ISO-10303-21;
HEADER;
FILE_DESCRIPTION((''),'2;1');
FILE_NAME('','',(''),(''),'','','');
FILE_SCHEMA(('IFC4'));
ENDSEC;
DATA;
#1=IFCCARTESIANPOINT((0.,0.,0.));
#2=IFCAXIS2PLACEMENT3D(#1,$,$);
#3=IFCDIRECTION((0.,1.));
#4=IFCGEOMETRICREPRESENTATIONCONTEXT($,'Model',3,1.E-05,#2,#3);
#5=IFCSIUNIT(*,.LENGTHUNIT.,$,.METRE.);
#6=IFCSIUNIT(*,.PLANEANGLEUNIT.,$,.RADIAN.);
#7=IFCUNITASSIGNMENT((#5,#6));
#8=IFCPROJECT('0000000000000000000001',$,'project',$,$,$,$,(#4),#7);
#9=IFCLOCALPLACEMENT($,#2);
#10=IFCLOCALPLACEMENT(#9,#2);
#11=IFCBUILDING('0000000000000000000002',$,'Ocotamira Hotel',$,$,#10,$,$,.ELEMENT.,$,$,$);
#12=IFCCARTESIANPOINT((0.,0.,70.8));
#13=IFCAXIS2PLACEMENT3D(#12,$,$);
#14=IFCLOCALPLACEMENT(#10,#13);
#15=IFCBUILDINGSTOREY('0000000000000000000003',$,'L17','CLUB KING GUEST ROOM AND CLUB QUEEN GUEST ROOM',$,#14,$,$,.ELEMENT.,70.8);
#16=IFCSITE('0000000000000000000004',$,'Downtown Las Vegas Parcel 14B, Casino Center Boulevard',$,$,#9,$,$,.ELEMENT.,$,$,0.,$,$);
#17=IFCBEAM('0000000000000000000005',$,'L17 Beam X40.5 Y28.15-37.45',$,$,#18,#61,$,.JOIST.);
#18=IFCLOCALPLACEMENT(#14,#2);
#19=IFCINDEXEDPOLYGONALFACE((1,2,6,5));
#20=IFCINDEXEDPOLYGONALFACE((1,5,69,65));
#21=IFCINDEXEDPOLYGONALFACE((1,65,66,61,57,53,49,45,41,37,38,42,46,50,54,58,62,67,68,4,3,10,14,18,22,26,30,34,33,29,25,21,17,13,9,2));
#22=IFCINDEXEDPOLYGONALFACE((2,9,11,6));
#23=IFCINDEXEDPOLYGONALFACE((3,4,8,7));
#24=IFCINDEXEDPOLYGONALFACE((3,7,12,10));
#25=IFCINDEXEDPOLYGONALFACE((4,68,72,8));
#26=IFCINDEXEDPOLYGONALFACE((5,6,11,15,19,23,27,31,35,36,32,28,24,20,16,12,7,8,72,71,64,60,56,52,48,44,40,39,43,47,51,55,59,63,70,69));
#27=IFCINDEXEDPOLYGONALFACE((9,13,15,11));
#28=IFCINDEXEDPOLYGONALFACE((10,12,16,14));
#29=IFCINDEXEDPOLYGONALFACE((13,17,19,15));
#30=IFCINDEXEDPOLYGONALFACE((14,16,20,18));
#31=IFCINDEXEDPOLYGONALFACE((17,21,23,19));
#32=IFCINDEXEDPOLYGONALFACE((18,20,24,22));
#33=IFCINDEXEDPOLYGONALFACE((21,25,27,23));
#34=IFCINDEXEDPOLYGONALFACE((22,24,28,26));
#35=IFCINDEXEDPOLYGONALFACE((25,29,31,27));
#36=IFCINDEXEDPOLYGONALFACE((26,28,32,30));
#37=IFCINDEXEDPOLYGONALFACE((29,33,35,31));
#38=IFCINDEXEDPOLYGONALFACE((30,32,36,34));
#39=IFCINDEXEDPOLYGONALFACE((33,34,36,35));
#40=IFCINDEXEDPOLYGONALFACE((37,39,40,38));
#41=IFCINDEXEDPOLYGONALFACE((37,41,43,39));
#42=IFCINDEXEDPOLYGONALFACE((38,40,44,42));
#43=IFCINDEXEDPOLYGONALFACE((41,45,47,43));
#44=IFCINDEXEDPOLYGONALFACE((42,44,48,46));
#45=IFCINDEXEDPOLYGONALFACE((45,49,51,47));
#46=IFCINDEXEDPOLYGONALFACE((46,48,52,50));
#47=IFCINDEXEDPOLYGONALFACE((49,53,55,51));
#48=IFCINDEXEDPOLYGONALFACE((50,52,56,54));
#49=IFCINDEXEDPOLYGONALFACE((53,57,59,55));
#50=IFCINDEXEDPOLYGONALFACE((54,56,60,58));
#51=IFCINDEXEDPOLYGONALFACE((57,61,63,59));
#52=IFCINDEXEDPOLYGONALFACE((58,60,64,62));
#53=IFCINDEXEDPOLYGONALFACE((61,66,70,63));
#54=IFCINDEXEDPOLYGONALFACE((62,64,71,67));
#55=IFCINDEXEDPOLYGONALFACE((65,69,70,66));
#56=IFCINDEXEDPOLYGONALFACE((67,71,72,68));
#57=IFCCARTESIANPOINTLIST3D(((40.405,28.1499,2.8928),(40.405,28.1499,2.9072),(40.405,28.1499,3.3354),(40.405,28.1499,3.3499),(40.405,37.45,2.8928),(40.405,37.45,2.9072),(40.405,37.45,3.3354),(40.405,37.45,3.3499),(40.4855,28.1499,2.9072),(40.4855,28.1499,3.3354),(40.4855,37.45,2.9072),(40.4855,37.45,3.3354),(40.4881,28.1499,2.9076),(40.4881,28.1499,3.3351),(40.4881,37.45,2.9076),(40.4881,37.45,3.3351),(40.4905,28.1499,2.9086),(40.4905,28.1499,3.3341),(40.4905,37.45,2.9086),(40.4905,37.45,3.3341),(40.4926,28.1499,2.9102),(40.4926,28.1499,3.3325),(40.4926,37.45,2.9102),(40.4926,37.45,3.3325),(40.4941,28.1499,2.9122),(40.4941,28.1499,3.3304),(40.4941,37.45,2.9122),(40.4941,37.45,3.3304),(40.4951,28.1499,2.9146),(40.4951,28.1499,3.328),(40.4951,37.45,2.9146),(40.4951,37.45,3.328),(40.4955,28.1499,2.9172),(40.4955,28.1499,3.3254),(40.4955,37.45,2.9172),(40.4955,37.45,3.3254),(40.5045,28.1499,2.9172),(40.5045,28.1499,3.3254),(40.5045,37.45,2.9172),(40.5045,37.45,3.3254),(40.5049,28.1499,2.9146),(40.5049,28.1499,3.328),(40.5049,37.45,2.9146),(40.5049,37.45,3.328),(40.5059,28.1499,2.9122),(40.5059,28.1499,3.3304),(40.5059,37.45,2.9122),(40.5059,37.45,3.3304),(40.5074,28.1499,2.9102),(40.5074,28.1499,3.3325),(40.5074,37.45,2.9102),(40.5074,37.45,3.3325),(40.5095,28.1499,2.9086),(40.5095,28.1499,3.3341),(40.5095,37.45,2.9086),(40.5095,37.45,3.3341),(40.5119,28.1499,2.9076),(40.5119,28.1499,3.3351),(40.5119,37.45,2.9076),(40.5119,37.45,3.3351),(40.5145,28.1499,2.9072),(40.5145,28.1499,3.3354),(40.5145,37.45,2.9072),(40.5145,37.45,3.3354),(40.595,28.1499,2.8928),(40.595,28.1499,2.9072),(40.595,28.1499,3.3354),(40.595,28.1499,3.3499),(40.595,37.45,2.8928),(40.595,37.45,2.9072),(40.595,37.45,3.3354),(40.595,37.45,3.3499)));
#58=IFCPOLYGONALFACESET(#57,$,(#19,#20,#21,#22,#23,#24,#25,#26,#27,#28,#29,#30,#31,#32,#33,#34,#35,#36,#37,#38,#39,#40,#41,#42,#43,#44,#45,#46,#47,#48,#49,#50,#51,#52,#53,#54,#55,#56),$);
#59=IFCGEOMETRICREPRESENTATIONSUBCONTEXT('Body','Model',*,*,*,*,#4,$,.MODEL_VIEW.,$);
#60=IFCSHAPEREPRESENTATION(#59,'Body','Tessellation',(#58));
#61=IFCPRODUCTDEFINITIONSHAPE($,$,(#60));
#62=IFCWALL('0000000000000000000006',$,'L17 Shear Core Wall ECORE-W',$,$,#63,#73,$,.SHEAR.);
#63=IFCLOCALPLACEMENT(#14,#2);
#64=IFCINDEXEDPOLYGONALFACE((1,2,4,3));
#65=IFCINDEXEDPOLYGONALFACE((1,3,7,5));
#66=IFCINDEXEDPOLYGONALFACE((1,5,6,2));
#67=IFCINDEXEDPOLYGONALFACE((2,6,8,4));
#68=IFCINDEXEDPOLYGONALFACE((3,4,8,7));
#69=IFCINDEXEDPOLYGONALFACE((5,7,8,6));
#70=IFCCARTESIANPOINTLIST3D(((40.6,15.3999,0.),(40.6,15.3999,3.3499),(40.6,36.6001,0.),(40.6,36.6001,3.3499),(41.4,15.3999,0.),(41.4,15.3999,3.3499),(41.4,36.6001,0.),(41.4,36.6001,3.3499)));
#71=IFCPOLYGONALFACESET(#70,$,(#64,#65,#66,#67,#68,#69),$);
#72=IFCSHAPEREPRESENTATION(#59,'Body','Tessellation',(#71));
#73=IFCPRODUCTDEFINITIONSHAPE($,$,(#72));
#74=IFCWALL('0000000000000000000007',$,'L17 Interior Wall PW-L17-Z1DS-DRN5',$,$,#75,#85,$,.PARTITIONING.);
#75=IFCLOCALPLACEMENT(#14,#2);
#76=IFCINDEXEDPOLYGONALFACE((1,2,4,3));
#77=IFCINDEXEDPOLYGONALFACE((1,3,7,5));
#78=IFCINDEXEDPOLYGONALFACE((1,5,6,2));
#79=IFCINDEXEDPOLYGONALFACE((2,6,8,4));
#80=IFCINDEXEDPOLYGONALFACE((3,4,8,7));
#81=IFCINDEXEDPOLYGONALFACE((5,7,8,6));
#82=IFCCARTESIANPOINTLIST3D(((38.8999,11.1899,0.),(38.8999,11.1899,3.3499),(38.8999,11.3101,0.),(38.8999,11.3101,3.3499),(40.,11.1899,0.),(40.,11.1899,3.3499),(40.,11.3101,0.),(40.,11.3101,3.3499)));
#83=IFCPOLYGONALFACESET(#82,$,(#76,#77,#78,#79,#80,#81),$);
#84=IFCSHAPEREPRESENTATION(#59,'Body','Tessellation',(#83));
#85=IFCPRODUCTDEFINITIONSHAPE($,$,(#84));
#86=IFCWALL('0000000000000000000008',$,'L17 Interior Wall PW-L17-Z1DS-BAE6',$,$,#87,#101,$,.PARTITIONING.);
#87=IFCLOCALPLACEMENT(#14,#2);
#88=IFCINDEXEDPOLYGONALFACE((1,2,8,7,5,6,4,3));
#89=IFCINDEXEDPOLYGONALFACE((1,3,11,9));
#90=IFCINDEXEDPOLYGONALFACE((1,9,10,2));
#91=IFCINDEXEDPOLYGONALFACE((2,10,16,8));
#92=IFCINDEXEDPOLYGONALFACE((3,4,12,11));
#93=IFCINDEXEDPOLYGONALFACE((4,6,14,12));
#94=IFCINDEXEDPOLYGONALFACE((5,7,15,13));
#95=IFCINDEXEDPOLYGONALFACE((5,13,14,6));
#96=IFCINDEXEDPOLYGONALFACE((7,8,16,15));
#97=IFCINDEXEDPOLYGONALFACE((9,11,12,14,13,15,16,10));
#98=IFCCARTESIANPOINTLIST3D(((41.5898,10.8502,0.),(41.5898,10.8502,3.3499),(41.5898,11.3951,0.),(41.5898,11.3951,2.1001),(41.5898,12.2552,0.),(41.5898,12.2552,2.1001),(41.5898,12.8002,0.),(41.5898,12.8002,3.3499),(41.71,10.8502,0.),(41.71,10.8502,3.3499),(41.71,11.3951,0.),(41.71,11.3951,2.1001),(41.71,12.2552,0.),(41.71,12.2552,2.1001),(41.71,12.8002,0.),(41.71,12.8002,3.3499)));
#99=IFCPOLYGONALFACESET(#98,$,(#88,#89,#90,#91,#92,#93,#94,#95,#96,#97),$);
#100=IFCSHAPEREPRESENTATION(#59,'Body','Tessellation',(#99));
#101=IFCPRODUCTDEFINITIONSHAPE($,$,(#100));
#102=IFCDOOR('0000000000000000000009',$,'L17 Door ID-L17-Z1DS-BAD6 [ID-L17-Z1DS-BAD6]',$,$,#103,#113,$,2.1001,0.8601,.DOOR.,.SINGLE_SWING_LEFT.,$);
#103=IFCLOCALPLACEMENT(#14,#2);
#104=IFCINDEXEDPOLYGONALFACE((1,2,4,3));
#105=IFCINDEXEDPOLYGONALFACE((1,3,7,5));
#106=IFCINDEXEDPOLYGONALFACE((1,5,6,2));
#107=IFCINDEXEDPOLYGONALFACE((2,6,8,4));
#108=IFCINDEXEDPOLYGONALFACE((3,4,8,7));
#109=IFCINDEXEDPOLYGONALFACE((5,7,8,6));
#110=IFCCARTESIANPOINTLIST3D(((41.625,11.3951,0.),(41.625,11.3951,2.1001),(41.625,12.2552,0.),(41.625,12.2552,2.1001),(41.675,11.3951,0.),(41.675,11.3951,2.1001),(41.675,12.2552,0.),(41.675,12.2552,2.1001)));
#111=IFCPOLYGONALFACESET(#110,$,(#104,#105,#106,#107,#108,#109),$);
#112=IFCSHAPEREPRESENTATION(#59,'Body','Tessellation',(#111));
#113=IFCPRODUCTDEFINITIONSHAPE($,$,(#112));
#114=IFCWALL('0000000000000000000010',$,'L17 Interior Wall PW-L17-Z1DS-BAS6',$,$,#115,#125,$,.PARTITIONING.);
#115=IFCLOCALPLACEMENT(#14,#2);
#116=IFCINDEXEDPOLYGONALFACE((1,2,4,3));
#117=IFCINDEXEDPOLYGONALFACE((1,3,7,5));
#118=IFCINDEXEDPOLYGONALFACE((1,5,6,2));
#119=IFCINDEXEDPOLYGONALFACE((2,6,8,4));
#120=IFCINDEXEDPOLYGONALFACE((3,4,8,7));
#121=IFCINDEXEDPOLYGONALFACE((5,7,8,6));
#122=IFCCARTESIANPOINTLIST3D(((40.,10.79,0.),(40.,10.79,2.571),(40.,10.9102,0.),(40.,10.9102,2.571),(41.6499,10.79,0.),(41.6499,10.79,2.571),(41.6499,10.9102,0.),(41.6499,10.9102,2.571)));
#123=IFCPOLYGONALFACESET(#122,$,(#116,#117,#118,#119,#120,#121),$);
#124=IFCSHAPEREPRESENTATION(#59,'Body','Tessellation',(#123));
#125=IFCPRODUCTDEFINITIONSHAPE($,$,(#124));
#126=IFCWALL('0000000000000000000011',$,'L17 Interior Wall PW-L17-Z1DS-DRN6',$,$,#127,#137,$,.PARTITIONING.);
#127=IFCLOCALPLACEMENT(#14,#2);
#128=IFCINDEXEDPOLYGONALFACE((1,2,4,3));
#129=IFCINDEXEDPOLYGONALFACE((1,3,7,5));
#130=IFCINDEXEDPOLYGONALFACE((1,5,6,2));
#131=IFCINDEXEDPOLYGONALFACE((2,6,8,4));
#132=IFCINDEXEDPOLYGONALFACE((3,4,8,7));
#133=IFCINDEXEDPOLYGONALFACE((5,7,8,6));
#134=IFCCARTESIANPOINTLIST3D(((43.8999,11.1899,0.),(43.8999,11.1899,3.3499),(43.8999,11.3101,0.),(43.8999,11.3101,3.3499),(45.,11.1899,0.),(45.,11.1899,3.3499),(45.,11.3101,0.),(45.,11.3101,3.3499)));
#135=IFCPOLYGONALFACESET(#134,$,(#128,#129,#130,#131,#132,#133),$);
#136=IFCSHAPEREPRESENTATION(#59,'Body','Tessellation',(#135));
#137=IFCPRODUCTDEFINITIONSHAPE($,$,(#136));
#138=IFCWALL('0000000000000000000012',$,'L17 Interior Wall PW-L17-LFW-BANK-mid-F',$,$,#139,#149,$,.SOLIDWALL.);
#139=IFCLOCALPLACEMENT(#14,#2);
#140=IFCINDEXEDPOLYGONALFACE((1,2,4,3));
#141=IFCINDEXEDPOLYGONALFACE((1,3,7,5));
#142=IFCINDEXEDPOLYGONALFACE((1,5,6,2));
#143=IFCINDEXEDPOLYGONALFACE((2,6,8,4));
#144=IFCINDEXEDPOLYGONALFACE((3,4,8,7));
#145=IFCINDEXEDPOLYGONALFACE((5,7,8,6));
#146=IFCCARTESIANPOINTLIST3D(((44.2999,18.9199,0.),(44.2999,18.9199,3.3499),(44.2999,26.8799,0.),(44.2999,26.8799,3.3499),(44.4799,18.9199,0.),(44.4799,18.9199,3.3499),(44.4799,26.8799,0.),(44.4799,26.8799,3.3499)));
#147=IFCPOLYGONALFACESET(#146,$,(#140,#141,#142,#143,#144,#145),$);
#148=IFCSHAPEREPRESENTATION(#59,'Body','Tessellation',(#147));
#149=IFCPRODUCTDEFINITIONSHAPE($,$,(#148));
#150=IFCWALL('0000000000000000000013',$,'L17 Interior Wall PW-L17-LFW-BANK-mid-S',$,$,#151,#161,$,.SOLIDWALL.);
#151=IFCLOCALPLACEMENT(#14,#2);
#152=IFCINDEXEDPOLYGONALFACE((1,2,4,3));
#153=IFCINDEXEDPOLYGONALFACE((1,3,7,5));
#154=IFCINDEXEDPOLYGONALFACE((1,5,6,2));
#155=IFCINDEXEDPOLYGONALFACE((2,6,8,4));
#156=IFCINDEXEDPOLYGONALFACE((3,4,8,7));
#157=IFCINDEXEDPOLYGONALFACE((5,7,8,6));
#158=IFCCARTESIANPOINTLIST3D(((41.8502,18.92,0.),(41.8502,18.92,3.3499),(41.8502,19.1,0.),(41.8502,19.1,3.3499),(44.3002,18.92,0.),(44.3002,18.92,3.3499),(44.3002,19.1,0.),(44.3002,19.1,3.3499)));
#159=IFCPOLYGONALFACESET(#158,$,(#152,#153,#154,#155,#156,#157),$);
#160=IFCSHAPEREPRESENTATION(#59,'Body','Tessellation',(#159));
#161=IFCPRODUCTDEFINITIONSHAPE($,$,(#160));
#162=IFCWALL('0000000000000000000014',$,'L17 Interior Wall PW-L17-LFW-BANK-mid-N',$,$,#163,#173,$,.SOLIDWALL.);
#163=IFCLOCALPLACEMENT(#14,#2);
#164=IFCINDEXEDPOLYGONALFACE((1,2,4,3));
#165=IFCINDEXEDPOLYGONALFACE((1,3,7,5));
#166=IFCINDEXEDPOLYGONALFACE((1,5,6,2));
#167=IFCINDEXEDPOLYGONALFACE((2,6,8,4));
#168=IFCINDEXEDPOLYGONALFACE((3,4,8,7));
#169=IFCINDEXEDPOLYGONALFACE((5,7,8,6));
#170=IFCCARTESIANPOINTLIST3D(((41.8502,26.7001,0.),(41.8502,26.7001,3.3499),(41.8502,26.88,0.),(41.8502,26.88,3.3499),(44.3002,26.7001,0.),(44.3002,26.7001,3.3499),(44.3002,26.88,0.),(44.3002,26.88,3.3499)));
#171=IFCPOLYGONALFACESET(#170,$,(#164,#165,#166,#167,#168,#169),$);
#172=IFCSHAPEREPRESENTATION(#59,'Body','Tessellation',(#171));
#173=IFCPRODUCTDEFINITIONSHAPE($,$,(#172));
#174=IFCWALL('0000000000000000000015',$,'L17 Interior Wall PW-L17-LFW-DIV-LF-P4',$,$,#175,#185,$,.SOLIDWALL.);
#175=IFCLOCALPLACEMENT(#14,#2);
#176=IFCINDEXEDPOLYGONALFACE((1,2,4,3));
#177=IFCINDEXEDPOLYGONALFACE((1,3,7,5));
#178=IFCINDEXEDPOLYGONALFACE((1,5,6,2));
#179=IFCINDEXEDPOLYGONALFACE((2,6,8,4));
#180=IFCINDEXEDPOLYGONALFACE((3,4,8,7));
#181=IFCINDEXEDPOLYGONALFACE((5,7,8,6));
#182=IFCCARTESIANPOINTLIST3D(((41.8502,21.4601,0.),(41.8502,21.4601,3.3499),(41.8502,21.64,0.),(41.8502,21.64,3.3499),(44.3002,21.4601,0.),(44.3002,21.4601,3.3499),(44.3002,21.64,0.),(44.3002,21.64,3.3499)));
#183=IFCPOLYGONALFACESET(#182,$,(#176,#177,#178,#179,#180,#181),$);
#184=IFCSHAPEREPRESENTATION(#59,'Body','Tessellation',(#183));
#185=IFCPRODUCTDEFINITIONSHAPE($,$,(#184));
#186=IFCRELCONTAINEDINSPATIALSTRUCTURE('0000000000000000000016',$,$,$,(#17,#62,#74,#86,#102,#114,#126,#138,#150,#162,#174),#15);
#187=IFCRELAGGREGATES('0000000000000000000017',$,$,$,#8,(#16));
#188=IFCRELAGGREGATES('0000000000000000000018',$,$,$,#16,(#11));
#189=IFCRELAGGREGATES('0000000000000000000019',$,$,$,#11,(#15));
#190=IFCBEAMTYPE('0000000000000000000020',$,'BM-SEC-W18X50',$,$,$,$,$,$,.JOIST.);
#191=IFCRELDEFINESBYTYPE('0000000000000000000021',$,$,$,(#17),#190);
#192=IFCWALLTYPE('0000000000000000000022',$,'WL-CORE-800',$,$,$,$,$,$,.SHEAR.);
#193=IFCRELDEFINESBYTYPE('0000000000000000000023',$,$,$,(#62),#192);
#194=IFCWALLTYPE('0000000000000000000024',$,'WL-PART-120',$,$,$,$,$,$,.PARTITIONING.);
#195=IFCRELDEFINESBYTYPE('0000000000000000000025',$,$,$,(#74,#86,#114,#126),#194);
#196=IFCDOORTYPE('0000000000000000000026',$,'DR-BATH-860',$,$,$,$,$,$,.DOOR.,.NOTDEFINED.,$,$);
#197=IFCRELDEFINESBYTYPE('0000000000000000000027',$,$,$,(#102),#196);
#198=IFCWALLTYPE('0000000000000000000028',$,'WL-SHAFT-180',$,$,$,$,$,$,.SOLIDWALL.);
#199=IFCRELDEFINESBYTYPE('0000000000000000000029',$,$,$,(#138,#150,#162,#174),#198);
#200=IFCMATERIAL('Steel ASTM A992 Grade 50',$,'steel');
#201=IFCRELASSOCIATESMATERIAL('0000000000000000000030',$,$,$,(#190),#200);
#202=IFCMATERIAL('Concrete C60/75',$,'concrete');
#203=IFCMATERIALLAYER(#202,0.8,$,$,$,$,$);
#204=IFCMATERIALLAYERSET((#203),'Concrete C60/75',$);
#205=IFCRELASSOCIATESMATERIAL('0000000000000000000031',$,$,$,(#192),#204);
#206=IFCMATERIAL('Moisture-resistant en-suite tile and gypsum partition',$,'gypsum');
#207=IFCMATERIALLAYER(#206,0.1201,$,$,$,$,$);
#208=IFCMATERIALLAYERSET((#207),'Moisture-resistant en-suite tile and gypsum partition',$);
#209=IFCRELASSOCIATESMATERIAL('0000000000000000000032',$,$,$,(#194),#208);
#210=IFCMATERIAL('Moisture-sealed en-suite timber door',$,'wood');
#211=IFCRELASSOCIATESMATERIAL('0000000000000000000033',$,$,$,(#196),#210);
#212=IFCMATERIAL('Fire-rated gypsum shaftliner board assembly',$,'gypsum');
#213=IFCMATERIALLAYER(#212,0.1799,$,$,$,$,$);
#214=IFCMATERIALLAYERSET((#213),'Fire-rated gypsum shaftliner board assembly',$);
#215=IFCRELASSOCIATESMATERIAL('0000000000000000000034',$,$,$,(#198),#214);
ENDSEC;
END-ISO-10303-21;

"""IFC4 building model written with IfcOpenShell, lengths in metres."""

from ifc_helpers import new_model, si_unit, direction, frame, frame_2d, origin, origin_2d, place, context, subcontext, project, spatial, rectangle, i_section, extrude, source, transform, mapped, material, layer, layer_set, material_profile, profile_set, type_object, element, fill, save


model = new_model("IFC4")

# Units and contexts
model_context = context("Model", 3, precision=1e-05, world=origin(), true_north=direction((0.0, 1.0)))
body_context = subcontext(model_context, "Body", "Model", "MODEL_VIEW")
ifc_project = project(units=[si_unit("LENGTHUNIT", "METRE"), si_unit("PLANEANGLEUNIT", "RADIAN")], contexts=[model_context])

# Site, building, storey
site_placement = place(None, origin())
site = spatial("IfcSite", under=ifc_project, at=site_placement, Name="Downtown Las Vegas Parcel 14B, Casino Center Boulevard", CompositionType="ELEMENT", RefElevation=0.0)
building_placement = place(site_placement, origin())
building = spatial("IfcBuilding", under=site, at=building_placement, Name="Ocotamira Hotel", CompositionType="ELEMENT")
storey_placement = place(building_placement, frame((0.0, 0.0, 70.8)))
storey = spatial("IfcBuildingStorey", under=building, at=storey_placement, Name="L17", Description="CLUB KING GUEST ROOM AND CLUB QUEEN GUEST ROOM", CompositionType="ELEMENT", Elevation=70.8)

# Beam
ifc_material_1 = material(Name="Steel ASTM A992 Grade 50", Category="steel")
ifc_material_profile_1 = material_profile(ifc_material_1, i_section(OverallWidth=0.1899, OverallDepth=0.457, WebThickness=0.009, FlangeThickness=0.0144, FilletRadius=0.01, at=origin_2d()), Name="W18X50")
ifc_profile_set_1 = profile_set([ifc_material_profile_1], Name="Steel ASTM A992 Grade 50")
beam_type_1 = type_object("IfcBeamType", Name="BM-SEC-W18X50", PredefinedType="JOIST", material=ifc_profile_set_1)
shared_shape_1 = source(origin(), body_context, "Body", "SweptSolid", [
    extrude(i_section(OverallWidth=0.1899, OverallDepth=0.457, WebThickness=0.009, FlangeThickness=0.0144, FilletRadius=0.01, at=origin_2d()), origin(), (0.0, 0.0, 1.0), 9.3),
])
beam_1_placement = place(storey_placement, frame((40.5, 28.1499, 3.1213), z_axis=(0.0, 1.0, 0.0), x_axis=(-1.0, 0.0, 0.0)))
element("IfcBeam", 1, at=beam_1_placement, inside=storey, type_object=beam_type_1, Name="L17 Beam X40.5 Y28.15-37.45", PredefinedType="JOIST", context=body_context, shape_type="MappedRepresentation", body=[
    mapped(shared_shape_1, transform((0.0, 0.0, 0.0), scale=1.0)),
])

# Shared definitions
ifc_material_2 = material(Name="Concrete C60/75", Category="concrete")
ifc_layer_1 = layer(ifc_material_2, 0.8)
ifc_layer_set_1 = layer_set([ifc_layer_1], Name="Concrete C60/75")
wall_type_1 = type_object("IfcWallType", Name="WL-CORE-800", PredefinedType="SHEAR", material=ifc_layer_set_1)

# Walls
wall_1_placement = place(storey_placement, frame((41.0, 15.3999, 0.0), z_axis=(0.0, 0.0, 1.0), x_axis=(0.0, 1.0, 0.0)))
element("IfcWall", 2, at=wall_1_placement, inside=storey, type_object=wall_type_1, Name="L17 Shear Core Wall ECORE-W", PredefinedType="SHEAR", context=body_context, shape_type="SweptSolid", body=[
    extrude(rectangle(XDim=21.2002, YDim=0.8, at=frame_2d((10.6001, 0.0))), origin(), (0.0, 0.0, 1.0), 3.3499),
])
ifc_material_3 = material(Name="Moisture-resistant en-suite tile and gypsum partition", Category="gypsum")
ifc_layer_2 = layer(ifc_material_3, 0.1201)
ifc_layer_set_2 = layer_set([ifc_layer_2], Name="Moisture-resistant en-suite tile and gypsum partition")
wall_type_2 = type_object("IfcWallType", Name="WL-PART-120", PredefinedType="PARTITIONING", material=ifc_layer_set_2)
wall_2_placement = place(storey_placement, frame((38.8999, 11.25, 0.0), z_axis=(0.0, 0.0, 1.0), x_axis=(1.0, 0.0, 0.0)))
element("IfcWall", 3, at=wall_2_placement, inside=storey, type_object=wall_type_2, Name="L17 Interior Wall PW-L17-Z1DS-DRN5", PredefinedType="PARTITIONING", context=body_context, shape_type="SweptSolid", body=[
    extrude(rectangle(XDim=1.1001, YDim=0.1201, at=frame_2d((0.55, 0.0))), origin(), (0.0, 0.0, 1.0), 3.3499),
])

# Wall, opening, door
wall_3_placement = place(storey_placement, frame((41.6499, 10.8501, 0.0), z_axis=(0.0, 0.0, 1.0), x_axis=(0.0, 1.0, 0.0)))
wall_3 = element("IfcWall", 4, at=wall_3_placement, inside=storey, type_object=wall_type_2, Name="L17 Interior Wall PW-L17-Z1DS-BAE6", PredefinedType="PARTITIONING", context=body_context, shape_type="SweptSolid", body=[
    extrude(rectangle(XDim=1.95, YDim=0.1201, at=frame_2d((0.9751, 0.0))), origin(), (0.0, 0.0, 1.0), 3.3499),
])
opening_1_placement = place(wall_3_placement, frame((0.5449, 0.0, 0.0)))
opening_1 = element("IfcOpeningElement", 5, at=opening_1_placement, cuts=wall_3, PredefinedType="OPENING", context=body_context, shape_type="SweptSolid", body=[
    extrude(rectangle(XDim=0.8601, YDim=2.1001, at=frame_2d((0.4302, 1.05))), frame((0.0, 0.0701, 0.0), z_axis=(0.0, -1.0, 0.0), x_axis=(1.0, 0.0, 0.0)), (0.0, 0.0, 1.0), 0.1401),
])
ifc_material_4 = material(Name="Moisture-sealed en-suite timber door", Category="wood")
door_type_1 = type_object("IfcDoorType", Name="DR-BATH-860", OperationType="NOTDEFINED", PredefinedType="DOOR", material=ifc_material_4)
shared_shape_2 = source(origin(), body_context, "Body", "SweptSolid", [
    extrude(rectangle(XDim=0.8601, YDim=2.1001, at=frame_2d((0.4302, 1.05))), frame((0.0, 0.0249, 0.0), z_axis=(0.0, -1.0, 0.0), x_axis=(1.0, 0.0, 0.0)), (0.0, 0.0, 1.0), 0.05),
])
door_1_placement = place(opening_1_placement, origin())
door_1 = element("IfcDoor", 6, at=door_1_placement, inside=storey, type_object=door_type_1, Name="L17 Door ID-L17-Z1DS-BAD6 [ID-L17-Z1DS-BAD6]", OperationType="SINGLE_SWING_LEFT", OverallHeight=2.1001, OverallWidth=0.8601, PredefinedType="DOOR", context=body_context, shape_type="MappedRepresentation", body=[
    mapped(shared_shape_2, transform((0.0, 0.0, 0.0), scale=1.0)),
])
fill(opening_1, door_1)

# Walls
wall_4_placement = place(storey_placement, frame((40.0, 10.8501, 0.0), z_axis=(0.0, 0.0, 1.0), x_axis=(1.0, 0.0, 0.0)))
element("IfcWall", 7, at=wall_4_placement, inside=storey, type_object=wall_type_2, Name="L17 Interior Wall PW-L17-Z1DS-BAS6", PredefinedType="PARTITIONING", context=body_context, shape_type="SweptSolid", body=[
    extrude(rectangle(XDim=1.6499, YDim=0.1201, at=frame_2d((0.825, 0.0))), origin(), (0.0, 0.0, 1.0), 2.571),
])
wall_5_placement = place(storey_placement, frame((43.8999, 11.25, 0.0), z_axis=(0.0, 0.0, 1.0), x_axis=(1.0, 0.0, 0.0)))
element("IfcWall", 8, at=wall_5_placement, inside=storey, type_object=wall_type_2, Name="L17 Interior Wall PW-L17-Z1DS-DRN6", PredefinedType="PARTITIONING", context=body_context, shape_type="SweptSolid", body=[
    extrude(rectangle(XDim=1.1001, YDim=0.1201, at=frame_2d((0.55, 0.0))), origin(), (0.0, 0.0, 1.0), 3.3499),
])
ifc_material_5 = material(Name="Fire-rated gypsum shaftliner board assembly", Category="gypsum")
ifc_layer_3 = layer(ifc_material_5, 0.1799)
ifc_layer_set_3 = layer_set([ifc_layer_3], Name="Fire-rated gypsum shaftliner board assembly")
wall_type_3 = type_object("IfcWallType", Name="WL-SHAFT-180", PredefinedType="SOLIDWALL", material=ifc_layer_set_3)
wall_6_placement = place(storey_placement, frame((44.3899, 18.9199, 0.0), z_axis=(0.0, 0.0, 1.0), x_axis=(0.0, 1.0, 0.0)))
element("IfcWall", 9, at=wall_6_placement, inside=storey, type_object=wall_type_3, Name="L17 Interior Wall PW-L17-LFW-BANK-mid-F", PredefinedType="SOLIDWALL", context=body_context, shape_type="SweptSolid", body=[
    extrude(rectangle(XDim=7.96, YDim=0.1799, at=frame_2d((3.98, 0.0))), origin(), (0.0, 0.0, 1.0), 3.3499),
])
for number, where, z_axis, x_axis, name in (
    (10, (41.8501, 19.01, 0.0), (0.0, 0.0, 1.0), (1.0, 0.0, 0.0), "L17 Interior Wall PW-L17-LFW-BANK-mid-S"),
    (11, (41.8501, 26.79, 0.0), (0.0, 0.0, 1.0), (1.0, 0.0, 0.0), "L17 Interior Wall PW-L17-LFW-BANK-mid-N"),
    (12, (41.8501, 21.55, 0.0), (0.0, 0.0, 1.0), (1.0, 0.0, 0.0), "L17 Interior Wall PW-L17-LFW-DIV-LF-P4"),
):
    element("IfcWall", number, at=place(storey_placement, frame(where, z_axis=z_axis, x_axis=x_axis)), inside=storey, type_object=wall_type_3, Name=name, PredefinedType="SOLIDWALL", context=body_context, shape_type="SweptSolid", body=[
        extrude(rectangle(XDim=2.45, YDim=0.1799, at=frame_2d((1.2251, 0.0))), origin(), (0.0, 0.0, 1.0), 3.3499),
    ])

save(model, "model.ifc")
